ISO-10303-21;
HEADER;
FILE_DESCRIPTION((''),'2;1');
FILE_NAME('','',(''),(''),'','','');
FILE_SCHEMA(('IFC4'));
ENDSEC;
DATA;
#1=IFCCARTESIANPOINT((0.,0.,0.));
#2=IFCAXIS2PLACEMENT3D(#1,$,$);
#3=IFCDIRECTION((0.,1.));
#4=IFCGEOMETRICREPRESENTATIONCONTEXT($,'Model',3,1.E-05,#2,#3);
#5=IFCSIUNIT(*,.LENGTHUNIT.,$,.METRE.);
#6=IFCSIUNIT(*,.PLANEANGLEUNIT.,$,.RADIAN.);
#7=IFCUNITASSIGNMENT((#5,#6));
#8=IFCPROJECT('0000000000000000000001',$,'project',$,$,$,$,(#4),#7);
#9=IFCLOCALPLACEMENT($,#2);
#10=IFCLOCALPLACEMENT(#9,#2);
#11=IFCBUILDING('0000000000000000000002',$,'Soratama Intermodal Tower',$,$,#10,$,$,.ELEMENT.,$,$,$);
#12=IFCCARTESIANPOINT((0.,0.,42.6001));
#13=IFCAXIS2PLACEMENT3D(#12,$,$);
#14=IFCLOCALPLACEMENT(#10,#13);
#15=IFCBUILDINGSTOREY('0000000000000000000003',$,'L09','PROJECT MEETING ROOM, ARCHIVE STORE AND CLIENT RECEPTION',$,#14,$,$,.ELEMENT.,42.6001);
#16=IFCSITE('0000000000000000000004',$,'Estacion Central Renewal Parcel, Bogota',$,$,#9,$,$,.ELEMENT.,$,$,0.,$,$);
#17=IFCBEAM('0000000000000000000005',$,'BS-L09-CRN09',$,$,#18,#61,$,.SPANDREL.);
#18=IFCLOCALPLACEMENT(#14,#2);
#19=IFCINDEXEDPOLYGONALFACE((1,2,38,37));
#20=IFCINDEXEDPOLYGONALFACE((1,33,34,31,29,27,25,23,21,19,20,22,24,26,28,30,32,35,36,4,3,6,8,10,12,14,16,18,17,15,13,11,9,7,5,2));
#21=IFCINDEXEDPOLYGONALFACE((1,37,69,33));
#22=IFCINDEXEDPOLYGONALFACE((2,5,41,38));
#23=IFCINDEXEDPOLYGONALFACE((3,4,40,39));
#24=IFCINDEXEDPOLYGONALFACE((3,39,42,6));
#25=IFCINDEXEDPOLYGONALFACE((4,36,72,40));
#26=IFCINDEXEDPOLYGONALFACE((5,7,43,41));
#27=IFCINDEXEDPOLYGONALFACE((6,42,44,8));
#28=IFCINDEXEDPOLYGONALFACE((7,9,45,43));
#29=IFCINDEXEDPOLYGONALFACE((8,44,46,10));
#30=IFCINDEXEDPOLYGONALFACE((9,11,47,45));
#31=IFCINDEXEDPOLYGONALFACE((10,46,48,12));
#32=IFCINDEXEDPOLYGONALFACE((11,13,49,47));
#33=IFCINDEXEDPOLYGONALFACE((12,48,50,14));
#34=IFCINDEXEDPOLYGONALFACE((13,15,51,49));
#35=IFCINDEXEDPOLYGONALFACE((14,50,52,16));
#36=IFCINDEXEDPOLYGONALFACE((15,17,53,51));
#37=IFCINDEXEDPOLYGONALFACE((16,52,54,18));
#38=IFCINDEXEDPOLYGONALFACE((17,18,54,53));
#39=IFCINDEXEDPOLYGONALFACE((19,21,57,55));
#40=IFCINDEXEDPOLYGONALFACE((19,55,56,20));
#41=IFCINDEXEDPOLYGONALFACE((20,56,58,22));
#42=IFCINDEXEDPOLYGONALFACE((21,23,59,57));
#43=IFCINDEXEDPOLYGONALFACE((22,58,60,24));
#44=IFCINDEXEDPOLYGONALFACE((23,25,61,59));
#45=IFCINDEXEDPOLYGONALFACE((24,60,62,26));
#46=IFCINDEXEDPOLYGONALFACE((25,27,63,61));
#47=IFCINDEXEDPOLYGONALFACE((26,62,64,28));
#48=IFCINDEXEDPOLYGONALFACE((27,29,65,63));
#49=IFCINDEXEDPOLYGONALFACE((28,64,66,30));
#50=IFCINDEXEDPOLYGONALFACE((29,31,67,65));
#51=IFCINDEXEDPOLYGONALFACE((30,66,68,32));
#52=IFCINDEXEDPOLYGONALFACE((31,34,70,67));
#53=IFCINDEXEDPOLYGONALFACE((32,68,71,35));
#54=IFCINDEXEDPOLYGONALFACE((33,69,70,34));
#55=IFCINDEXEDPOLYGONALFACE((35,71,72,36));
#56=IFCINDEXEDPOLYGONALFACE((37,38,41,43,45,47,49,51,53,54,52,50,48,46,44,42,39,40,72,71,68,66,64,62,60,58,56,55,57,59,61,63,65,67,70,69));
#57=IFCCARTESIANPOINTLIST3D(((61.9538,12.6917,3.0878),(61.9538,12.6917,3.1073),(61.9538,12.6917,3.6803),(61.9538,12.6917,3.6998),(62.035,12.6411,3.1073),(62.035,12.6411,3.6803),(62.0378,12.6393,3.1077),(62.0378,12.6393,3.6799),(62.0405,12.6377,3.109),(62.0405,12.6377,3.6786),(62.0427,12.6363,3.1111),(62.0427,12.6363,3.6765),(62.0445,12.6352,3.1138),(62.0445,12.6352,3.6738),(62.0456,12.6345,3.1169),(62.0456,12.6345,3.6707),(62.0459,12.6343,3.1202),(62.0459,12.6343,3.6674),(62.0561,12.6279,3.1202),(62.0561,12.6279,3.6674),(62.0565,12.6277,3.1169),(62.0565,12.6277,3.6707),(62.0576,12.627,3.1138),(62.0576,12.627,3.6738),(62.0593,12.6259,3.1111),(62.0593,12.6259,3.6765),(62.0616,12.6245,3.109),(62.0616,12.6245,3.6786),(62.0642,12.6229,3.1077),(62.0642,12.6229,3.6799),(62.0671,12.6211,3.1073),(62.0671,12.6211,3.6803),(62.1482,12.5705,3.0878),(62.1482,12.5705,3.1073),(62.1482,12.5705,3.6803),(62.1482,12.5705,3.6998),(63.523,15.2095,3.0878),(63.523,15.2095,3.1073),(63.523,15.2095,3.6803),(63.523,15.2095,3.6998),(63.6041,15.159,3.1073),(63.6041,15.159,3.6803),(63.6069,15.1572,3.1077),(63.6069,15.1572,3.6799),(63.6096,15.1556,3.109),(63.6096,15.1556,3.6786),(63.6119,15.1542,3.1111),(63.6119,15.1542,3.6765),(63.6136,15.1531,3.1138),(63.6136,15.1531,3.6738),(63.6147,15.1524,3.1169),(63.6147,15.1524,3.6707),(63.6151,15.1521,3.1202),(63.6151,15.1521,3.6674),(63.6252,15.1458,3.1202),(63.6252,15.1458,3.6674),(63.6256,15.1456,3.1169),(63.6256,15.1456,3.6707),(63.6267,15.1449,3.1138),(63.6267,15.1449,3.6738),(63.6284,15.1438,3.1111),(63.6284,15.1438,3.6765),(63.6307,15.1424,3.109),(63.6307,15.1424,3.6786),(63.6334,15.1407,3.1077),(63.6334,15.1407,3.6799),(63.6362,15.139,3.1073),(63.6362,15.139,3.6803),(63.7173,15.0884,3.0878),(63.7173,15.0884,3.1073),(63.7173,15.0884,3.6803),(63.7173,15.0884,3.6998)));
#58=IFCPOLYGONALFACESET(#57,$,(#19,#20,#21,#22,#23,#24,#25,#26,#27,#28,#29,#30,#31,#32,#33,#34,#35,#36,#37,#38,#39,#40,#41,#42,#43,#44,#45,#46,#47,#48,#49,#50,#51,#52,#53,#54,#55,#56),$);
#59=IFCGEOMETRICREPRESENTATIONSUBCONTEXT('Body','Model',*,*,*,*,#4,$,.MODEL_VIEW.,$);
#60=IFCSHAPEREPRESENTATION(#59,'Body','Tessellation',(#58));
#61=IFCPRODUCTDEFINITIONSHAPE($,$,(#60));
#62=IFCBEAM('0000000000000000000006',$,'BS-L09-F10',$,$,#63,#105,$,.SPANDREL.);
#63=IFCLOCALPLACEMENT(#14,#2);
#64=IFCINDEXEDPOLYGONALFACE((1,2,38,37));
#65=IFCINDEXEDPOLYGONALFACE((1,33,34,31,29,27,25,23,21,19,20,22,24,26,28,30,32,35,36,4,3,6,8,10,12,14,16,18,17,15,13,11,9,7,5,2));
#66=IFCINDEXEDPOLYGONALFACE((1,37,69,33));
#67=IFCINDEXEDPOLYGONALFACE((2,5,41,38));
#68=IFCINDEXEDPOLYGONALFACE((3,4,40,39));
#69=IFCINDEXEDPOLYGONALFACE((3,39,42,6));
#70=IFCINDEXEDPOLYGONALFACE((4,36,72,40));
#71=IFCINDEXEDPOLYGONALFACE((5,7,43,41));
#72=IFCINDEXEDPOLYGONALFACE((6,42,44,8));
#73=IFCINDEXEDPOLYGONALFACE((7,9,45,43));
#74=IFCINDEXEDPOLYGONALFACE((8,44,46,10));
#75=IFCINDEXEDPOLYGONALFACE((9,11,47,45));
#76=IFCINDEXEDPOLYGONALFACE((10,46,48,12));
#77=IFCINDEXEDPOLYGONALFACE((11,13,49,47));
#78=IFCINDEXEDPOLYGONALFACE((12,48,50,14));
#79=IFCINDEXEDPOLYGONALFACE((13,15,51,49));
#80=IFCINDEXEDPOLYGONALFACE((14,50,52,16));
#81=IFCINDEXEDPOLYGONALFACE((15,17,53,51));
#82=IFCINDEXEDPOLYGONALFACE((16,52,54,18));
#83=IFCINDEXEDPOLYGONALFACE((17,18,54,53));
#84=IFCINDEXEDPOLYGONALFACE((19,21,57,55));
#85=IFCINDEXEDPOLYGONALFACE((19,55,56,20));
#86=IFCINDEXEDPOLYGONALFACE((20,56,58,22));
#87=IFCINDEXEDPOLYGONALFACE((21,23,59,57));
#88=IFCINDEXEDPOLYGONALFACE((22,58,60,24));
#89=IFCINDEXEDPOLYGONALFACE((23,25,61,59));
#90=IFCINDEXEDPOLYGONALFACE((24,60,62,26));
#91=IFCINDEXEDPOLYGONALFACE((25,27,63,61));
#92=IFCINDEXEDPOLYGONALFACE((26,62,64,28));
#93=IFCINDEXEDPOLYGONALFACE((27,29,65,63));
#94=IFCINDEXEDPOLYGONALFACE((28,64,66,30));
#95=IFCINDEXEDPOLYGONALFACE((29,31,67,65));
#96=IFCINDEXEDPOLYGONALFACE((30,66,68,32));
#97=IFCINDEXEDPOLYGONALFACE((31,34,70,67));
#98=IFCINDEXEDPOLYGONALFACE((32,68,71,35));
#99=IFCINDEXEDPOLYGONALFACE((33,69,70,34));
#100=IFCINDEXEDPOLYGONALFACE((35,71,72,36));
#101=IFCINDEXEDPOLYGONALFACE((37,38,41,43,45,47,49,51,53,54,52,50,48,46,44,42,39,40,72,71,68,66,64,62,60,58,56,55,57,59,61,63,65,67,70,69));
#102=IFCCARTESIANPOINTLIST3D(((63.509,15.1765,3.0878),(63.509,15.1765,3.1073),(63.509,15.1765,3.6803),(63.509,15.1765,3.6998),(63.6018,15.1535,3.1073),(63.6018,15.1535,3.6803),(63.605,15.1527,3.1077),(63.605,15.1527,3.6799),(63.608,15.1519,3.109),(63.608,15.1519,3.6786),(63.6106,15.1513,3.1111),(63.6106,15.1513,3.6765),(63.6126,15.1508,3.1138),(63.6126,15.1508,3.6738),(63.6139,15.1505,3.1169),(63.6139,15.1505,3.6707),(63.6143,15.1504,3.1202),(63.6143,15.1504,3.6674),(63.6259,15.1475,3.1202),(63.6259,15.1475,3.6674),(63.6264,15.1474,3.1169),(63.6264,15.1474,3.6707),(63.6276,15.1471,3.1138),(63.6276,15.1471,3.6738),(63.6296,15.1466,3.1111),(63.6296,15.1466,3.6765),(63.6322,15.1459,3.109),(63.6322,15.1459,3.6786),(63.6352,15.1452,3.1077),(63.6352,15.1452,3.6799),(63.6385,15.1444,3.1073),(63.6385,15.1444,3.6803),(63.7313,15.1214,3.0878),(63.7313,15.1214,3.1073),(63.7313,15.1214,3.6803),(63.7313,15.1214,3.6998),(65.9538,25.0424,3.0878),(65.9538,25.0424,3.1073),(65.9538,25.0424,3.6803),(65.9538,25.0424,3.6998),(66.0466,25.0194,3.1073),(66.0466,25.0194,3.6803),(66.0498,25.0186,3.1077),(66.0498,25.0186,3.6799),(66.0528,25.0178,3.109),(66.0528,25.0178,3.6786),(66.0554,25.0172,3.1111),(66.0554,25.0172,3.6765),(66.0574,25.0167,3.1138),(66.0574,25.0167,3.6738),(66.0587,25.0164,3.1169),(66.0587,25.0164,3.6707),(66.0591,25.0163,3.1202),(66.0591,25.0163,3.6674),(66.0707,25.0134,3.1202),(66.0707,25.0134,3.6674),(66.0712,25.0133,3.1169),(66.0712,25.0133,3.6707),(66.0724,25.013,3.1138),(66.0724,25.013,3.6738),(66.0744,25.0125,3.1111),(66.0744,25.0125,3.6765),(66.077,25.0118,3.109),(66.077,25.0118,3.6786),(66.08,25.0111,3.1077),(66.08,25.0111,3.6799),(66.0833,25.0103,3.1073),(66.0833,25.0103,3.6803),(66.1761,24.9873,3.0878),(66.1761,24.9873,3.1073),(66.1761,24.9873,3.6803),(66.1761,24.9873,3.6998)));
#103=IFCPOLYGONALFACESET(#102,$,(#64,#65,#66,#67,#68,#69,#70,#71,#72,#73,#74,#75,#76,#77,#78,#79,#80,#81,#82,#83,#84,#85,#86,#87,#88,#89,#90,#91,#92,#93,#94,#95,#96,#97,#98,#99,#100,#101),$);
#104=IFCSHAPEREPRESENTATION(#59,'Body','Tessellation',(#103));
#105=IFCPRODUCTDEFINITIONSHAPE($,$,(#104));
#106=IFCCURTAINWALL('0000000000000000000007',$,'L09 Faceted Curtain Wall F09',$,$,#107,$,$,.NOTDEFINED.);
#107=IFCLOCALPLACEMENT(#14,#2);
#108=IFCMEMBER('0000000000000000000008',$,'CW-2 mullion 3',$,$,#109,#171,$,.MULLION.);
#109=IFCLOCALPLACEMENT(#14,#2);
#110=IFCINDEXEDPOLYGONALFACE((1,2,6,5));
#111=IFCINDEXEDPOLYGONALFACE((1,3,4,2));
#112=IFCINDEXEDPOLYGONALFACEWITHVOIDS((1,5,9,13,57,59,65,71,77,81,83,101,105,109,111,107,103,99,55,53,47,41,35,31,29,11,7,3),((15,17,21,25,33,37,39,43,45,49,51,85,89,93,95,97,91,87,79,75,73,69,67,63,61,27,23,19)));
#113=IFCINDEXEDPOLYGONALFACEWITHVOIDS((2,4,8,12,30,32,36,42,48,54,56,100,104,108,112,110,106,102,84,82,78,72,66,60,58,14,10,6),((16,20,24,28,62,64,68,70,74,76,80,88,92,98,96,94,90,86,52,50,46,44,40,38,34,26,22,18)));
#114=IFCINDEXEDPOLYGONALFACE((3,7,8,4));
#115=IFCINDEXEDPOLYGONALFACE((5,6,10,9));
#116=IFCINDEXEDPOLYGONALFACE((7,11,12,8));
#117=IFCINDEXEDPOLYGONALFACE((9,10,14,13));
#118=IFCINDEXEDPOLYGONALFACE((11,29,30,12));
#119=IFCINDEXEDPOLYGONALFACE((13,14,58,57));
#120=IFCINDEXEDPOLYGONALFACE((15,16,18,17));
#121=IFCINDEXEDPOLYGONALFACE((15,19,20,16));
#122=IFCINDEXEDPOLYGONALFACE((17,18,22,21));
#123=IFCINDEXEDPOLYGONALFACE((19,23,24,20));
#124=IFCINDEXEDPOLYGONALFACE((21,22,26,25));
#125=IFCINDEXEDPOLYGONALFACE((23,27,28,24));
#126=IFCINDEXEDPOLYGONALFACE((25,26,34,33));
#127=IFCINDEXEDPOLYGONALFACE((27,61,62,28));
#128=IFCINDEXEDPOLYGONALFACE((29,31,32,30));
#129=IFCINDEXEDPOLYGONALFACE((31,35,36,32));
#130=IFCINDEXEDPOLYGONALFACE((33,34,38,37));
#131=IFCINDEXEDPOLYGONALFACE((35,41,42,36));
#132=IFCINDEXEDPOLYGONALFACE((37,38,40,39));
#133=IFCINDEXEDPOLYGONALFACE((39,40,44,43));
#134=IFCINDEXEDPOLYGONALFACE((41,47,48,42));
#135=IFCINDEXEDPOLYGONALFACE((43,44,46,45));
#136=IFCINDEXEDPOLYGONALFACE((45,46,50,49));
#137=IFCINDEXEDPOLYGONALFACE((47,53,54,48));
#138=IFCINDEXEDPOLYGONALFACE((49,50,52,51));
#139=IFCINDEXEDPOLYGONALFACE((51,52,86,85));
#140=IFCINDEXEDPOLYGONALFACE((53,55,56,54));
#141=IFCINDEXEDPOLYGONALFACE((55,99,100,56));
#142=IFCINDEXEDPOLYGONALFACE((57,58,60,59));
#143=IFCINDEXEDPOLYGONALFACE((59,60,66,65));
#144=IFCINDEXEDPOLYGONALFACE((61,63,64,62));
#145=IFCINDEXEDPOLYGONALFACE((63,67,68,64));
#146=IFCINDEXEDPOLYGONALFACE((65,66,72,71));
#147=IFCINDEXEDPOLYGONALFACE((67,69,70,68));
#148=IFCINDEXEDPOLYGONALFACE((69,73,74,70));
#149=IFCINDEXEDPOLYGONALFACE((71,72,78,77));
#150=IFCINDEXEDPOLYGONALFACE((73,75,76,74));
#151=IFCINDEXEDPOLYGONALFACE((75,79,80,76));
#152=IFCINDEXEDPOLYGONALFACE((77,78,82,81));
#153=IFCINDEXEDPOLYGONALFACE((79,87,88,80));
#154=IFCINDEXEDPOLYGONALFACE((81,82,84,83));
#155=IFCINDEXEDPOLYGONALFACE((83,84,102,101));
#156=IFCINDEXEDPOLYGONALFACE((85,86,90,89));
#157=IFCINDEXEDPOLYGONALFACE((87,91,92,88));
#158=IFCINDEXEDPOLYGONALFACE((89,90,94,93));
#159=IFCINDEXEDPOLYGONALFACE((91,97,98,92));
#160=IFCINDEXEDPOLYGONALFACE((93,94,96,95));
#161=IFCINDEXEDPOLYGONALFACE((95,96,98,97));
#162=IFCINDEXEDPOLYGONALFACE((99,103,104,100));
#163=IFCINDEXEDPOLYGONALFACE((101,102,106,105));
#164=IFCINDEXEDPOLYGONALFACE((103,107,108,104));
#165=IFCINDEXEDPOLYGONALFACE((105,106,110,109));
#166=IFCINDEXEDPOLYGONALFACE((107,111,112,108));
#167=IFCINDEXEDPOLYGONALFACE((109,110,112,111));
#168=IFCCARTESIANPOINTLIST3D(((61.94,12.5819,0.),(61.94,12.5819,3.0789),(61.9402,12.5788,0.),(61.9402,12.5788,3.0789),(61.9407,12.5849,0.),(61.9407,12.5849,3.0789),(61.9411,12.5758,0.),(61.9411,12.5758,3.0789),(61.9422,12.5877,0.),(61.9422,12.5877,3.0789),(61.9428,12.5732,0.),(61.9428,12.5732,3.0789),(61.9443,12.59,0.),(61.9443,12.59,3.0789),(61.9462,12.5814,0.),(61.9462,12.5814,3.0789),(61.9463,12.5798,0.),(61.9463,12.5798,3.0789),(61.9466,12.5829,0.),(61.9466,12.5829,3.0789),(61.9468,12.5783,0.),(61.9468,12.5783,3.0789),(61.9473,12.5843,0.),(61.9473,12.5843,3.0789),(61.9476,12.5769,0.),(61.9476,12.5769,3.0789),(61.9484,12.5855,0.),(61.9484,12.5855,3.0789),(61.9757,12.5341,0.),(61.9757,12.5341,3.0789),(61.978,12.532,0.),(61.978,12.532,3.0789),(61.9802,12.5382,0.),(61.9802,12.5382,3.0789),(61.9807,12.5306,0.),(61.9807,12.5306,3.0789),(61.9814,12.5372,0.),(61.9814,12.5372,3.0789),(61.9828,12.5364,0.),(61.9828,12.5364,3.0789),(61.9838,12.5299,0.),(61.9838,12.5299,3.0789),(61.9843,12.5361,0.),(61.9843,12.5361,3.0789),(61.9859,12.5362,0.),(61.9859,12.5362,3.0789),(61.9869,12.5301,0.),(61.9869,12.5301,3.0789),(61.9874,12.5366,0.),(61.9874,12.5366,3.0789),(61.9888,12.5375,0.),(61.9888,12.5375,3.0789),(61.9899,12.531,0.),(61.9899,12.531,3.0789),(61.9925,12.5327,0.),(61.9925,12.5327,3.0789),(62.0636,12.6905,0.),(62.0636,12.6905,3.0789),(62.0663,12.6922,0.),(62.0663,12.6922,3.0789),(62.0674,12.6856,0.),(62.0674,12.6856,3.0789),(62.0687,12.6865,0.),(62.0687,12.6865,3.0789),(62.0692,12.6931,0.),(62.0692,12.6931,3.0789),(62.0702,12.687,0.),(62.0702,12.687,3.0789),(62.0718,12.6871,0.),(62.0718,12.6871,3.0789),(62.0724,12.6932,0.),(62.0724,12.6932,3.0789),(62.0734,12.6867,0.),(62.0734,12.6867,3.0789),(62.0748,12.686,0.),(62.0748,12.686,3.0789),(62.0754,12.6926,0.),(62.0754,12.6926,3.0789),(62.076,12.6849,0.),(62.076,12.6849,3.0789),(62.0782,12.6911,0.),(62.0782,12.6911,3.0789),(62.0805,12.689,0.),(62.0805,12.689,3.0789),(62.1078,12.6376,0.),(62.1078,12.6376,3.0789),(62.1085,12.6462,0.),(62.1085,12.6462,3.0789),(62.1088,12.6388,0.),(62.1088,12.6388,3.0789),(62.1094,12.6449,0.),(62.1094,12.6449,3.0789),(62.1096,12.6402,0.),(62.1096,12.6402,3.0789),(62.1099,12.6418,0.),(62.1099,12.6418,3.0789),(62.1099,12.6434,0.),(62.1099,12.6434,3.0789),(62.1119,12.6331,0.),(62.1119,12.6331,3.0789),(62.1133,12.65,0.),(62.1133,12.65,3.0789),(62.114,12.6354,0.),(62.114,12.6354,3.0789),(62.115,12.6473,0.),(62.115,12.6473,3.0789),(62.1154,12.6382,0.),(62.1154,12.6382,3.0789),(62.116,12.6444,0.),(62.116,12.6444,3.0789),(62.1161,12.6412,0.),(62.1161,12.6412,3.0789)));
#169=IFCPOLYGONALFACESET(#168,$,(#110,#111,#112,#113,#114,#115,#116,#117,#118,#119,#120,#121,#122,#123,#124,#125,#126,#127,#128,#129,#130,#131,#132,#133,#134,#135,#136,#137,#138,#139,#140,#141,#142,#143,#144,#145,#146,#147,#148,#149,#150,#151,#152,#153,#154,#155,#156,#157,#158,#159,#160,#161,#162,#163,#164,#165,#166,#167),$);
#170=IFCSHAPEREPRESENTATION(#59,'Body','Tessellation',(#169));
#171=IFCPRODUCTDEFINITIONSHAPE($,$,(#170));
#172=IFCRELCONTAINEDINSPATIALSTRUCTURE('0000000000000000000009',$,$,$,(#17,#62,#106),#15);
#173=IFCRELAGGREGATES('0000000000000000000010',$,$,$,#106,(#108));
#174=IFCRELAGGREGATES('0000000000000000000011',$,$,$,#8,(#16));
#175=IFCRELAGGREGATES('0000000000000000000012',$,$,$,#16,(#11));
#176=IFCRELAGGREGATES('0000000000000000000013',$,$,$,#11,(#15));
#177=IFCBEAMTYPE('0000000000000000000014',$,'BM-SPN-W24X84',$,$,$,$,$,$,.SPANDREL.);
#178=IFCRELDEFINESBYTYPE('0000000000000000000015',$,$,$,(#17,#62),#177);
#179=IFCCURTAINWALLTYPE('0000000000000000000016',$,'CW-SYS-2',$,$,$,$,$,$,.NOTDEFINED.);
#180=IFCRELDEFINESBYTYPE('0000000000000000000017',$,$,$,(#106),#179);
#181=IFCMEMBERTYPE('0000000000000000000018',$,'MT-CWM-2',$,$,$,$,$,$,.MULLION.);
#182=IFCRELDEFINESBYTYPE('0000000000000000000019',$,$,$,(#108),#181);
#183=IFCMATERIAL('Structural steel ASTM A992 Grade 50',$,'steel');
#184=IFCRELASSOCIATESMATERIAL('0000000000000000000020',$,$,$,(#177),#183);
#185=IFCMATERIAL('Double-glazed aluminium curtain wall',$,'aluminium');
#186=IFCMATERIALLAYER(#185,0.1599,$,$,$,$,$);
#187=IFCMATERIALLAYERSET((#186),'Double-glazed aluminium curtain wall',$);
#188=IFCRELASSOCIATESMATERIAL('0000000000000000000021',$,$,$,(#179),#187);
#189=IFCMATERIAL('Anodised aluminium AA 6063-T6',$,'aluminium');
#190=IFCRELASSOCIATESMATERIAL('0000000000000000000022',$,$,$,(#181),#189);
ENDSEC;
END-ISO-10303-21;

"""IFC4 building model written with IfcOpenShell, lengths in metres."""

from ifc_helpers import new_model, si_unit, direction, frame, origin, origin_2d, place, context, subcontext, project, spatial, hollow_rectangle, i_section, extrude, material, layer, layer_set, material_profile, profile_set, type_object, element, aggregate, save


model = new_model("IFC4")

# Units and contexts
model_context = context("Model", 3, precision=1e-05, world=origin(), true_north=direction((0.0, 1.0)))
body_context = subcontext(model_context, "Body", "Model", "MODEL_VIEW")
ifc_project = project(units=[si_unit("LENGTHUNIT", "METRE"), si_unit("PLANEANGLEUNIT", "RADIAN")], contexts=[model_context])

# Site, building, storey
site_placement = place(None, origin())
site = spatial("IfcSite", under=ifc_project, at=site_placement, Name="Estacion Central Renewal Parcel, Bogota", CompositionType="ELEMENT", RefElevation=0.0)
building_placement = place(site_placement, origin())
building = spatial("IfcBuilding", under=site, at=building_placement, Name="Soratama Intermodal Tower", CompositionType="ELEMENT")
storey_placement = place(building_placement, frame((0.0, 0.0, 42.6001)))
storey = spatial("IfcBuildingStorey", under=building, at=storey_placement, Name="L09", Description="PROJECT MEETING ROOM, ARCHIVE STORE AND CLIENT RECEPTION", CompositionType="ELEMENT", Elevation=42.6001)

# Beams
ifc_material_1 = material(Name="Structural steel ASTM A992 Grade 50", Category="steel")
ifc_material_profile_1 = material_profile(ifc_material_1, i_section(OverallWidth=0.229, OverallDepth=0.6121, WebThickness=0.012, FlangeThickness=0.0195, FilletRadius=0.0129, at=origin_2d()), Name="W24X84")
ifc_profile_set_1 = profile_set([ifc_material_profile_1], Name="Structural steel ASTM A992 Grade 50")
beam_type_1 = type_object("IfcBeamType", Name="BM-SPN-W24X84", PredefinedType="SPANDREL", material=ifc_profile_set_1)
beam_1_placement = place(storey_placement, frame((62.051, 12.6311, 3.3938), z_axis=(0.528896, 0.848686, 0.0), x_axis=(-0.848686, 0.528896, 0.0)))
element("IfcBeam", 1, at=beam_1_placement, inside=storey, type_object=beam_type_1, Name="BS-L09-CRN09", PredefinedType="SPANDREL", context=body_context, shape_type="SweptSolid", body=[
    extrude(i_section(OverallWidth=0.229, OverallDepth=0.6121, WebThickness=0.012, FlangeThickness=0.0195, FilletRadius=0.0129, at=origin_2d()), origin(), (0.0, 0.0, 1.0), 2.9668),
])
beam_2_placement = place(storey_placement, frame((63.6201, 15.1489, 3.3938), z_axis=(0.240529, 0.970642, 0.0), x_axis=(-0.970642, 0.240529, 0.0)))
element("IfcBeam", 2, at=beam_2_placement, inside=storey, type_object=beam_type_1, Name="BS-L09-F10", PredefinedType="SPANDREL", context=body_context, shape_type="SweptSolid", body=[
    extrude(i_section(OverallWidth=0.229, OverallDepth=0.6121, WebThickness=0.012, FlangeThickness=0.0195, FilletRadius=0.0129, at=origin_2d()), origin(), (0.0, 0.0, 1.0), 10.1643),
])

# Curtain wall, member
ifc_material_2 = material(Name="Double-glazed aluminium curtain wall", Category="aluminium")
ifc_layer_1 = layer(ifc_material_2, 0.1599)
ifc_layer_set_1 = layer_set([ifc_layer_1], Name="Double-glazed aluminium curtain wall")
curtain_wall_type = type_object("IfcCurtainWallType", Name="CW-SYS-2", PredefinedType="NOTDEFINED", material=ifc_layer_set_1)
curtain_wall_placement = place(storey_placement, origin())
curtain_wall = element("IfcCurtainWall", 3, at=curtain_wall_placement, inside=storey, type_object=curtain_wall_type, Name="L09 Faceted Curtain Wall F09", PredefinedType="NOTDEFINED")
ifc_material_3 = material(Name="Anodised aluminium AA 6063-T6", Category="aluminium")
ifc_material_profile_2 = material_profile(ifc_material_3, hollow_rectangle(XDim=0.075, YDim=0.1799, WallThickness=0.0061, InnerFilletRadius=0.0061, OuterFilletRadius=0.012, at=origin_2d()), Name="CWM180X75X6")
ifc_profile_set_2 = profile_set([ifc_material_profile_2], Name="Anodised aluminium AA 6063-T6")
member_type_1 = type_object("IfcMemberType", Name="MT-CWM-2", PredefinedType="MULLION", material=ifc_profile_set_2)
member_1_placement = place(storey_placement, frame((62.0281, 12.6116, 0.0), z_axis=(0.0, 0.0, 1.0), x_axis=(-0.643853, 0.765149, 0.0)))
member_1 = element("IfcMember", 4, at=member_1_placement, type_object=member_type_1, Name="CW-2 mullion 3", PredefinedType="MULLION", context=body_context, shape_type="SweptSolid", body=[
    extrude(hollow_rectangle(XDim=0.075, YDim=0.1799, WallThickness=0.0061, InnerFilletRadius=0.0061, OuterFilletRadius=0.012, at=origin_2d()), origin(), (0.0, 0.0, 1.0), 3.0789),
])
aggregate(curtain_wall, [member_1])

save(model, "model.ifc")
